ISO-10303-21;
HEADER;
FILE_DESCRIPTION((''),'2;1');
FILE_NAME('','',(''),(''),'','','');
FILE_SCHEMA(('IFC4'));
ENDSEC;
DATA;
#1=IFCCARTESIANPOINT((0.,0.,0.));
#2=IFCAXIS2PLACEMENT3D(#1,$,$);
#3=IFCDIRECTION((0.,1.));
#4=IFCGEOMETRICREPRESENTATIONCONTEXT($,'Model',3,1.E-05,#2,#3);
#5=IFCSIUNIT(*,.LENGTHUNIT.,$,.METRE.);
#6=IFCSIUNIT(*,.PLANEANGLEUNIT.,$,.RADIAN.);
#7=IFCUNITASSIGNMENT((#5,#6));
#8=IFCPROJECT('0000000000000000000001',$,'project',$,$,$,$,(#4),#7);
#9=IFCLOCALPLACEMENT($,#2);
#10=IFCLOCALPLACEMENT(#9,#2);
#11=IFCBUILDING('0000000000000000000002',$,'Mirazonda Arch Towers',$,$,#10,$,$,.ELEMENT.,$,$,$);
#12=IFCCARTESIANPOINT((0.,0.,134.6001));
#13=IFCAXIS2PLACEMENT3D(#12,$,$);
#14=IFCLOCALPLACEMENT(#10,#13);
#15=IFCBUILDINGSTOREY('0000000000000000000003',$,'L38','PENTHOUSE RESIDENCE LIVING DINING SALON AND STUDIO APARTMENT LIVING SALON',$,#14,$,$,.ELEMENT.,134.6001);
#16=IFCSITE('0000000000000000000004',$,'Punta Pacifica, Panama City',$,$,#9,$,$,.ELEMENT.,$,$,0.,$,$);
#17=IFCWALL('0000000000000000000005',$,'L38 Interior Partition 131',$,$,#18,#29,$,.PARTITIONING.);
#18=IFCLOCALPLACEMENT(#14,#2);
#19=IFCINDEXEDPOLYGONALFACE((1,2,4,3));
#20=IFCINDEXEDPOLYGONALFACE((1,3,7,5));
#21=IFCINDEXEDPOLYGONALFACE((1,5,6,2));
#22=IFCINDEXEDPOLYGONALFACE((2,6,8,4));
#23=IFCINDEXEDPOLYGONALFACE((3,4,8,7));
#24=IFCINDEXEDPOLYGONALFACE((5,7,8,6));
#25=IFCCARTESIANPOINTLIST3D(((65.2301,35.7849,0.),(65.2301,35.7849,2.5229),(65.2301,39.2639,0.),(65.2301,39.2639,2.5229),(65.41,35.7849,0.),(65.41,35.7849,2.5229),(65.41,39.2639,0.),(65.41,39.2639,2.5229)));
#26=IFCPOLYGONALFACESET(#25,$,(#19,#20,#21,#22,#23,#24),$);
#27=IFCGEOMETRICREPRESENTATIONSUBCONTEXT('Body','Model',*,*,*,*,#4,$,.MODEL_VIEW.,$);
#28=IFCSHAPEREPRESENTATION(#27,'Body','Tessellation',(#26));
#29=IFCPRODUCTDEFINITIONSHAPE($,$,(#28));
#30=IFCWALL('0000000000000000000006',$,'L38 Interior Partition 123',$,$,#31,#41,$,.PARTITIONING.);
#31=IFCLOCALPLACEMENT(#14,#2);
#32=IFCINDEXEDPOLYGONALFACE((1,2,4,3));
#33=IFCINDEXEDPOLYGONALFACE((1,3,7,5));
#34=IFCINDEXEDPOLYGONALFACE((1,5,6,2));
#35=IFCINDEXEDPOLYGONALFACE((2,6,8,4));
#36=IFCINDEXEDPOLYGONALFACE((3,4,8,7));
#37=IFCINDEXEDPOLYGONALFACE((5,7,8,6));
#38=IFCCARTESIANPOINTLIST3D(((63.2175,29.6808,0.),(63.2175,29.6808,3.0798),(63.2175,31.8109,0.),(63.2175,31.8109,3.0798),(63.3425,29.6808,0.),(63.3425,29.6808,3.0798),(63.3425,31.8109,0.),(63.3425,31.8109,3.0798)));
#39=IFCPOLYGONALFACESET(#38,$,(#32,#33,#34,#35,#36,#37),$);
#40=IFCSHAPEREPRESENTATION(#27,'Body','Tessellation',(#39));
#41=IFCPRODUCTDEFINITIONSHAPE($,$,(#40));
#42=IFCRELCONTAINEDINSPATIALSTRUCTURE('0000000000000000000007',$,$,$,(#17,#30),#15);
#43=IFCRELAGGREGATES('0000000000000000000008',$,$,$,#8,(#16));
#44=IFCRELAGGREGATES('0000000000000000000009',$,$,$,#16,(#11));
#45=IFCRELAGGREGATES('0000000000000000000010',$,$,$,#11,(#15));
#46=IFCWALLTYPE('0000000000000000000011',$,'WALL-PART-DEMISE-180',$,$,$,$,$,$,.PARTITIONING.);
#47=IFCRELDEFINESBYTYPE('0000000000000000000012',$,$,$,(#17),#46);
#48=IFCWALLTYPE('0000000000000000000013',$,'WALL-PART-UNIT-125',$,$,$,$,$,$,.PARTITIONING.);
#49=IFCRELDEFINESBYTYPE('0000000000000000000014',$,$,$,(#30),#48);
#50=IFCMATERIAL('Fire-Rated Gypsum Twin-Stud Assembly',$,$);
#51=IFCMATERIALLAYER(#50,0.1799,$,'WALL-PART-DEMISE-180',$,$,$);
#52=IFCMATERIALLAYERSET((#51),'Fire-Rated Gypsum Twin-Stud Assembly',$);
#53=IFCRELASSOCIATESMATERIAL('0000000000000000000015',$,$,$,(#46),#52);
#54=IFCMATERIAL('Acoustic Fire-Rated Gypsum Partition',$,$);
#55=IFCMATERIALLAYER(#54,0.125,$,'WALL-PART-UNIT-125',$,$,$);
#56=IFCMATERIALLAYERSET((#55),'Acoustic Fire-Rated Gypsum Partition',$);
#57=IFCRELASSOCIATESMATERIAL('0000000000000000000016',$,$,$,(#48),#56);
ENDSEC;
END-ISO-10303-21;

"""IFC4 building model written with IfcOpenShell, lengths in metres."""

from ifc_helpers import new_model, si_unit, direction, frame, frame_2d, origin, place, context, subcontext, project, spatial, rectangle, extrude, material, layer, layer_set, type_object, element, save


model = new_model("IFC4")

# Units and contexts
model_context = context("Model", 3, precision=1e-05, world=origin(), true_north=direction((0.0, 1.0)))
body_context = subcontext(model_context, "Body", "Model", "MODEL_VIEW")
ifc_project = project(units=[si_unit("LENGTHUNIT", "METRE"), si_unit("PLANEANGLEUNIT", "RADIAN")], contexts=[model_context])

# Site, building, storey
site_placement = place(None, origin())
site = spatial("IfcSite", under=ifc_project, at=site_placement, Name="Punta Pacifica, Panama City", CompositionType="ELEMENT", RefElevation=0.0)
building_placement = place(site_placement, origin())
building = spatial("IfcBuilding", under=site, at=building_placement, Name="Mirazonda Arch Towers", CompositionType="ELEMENT")
storey_placement = place(building_placement, frame((0.0, 0.0, 134.6001)))
storey = spatial("IfcBuildingStorey", under=building, at=storey_placement, Name="L38", Description="PENTHOUSE RESIDENCE LIVING DINING SALON AND STUDIO APARTMENT LIVING SALON", CompositionType="ELEMENT", Elevation=134.6001)

# Shared definitions
ifc_material_1 = material(Name="Fire-Rated Gypsum Twin-Stud Assembly")
ifc_layer_1 = layer(ifc_material_1, 0.1799, Name="WALL-PART-DEMISE-180")
ifc_layer_set_1 = layer_set([ifc_layer_1], Name="Fire-Rated Gypsum Twin-Stud Assembly")
wall_type_1 = type_object("IfcWallType", Name="WALL-PART-DEMISE-180", PredefinedType="PARTITIONING", material=ifc_layer_set_1)

# Walls
wall_1_placement = place(storey_placement, frame((65.3201, 35.7849, 0.0), z_axis=(0.0, 0.0, 1.0), x_axis=(0.0, 1.0, 0.0)))
element("IfcWall", 1, at=wall_1_placement, inside=storey, type_object=wall_type_1, Name="L38 Interior Partition 131", PredefinedType="PARTITIONING", context=body_context, shape_type="SweptSolid", body=[
    extrude(rectangle(XDim=3.479, YDim=0.1799, at=frame_2d((1.7395, 0.0))), origin(), (0.0, 0.0, 1.0), 2.5229),
])
ifc_material_2 = material(Name="Acoustic Fire-Rated Gypsum Partition")
ifc_layer_2 = layer(ifc_material_2, 0.125, Name="WALL-PART-UNIT-125")
ifc_layer_set_2 = layer_set([ifc_layer_2], Name="Acoustic Fire-Rated Gypsum Partition")
wall_type_2 = type_object("IfcWallType", Name="WALL-PART-UNIT-125", PredefinedType="PARTITIONING", material=ifc_layer_set_2)
wall_2_placement = place(storey_placement, frame((63.28, 29.6809, 0.0), z_axis=(0.0, 0.0, 1.0), x_axis=(0.0, 1.0, 0.0)))
element("IfcWall", 2, at=wall_2_placement, inside=storey, type_object=wall_type_2, Name="L38 Interior Partition 123", PredefinedType="PARTITIONING", context=body_context, shape_type="SweptSolid", body=[
    extrude(rectangle(XDim=2.1301, YDim=0.125, at=frame_2d((1.0649, 0.0))), origin(), (0.0, 0.0, 1.0), 3.0798),
])

save(model, "model.ifc")
